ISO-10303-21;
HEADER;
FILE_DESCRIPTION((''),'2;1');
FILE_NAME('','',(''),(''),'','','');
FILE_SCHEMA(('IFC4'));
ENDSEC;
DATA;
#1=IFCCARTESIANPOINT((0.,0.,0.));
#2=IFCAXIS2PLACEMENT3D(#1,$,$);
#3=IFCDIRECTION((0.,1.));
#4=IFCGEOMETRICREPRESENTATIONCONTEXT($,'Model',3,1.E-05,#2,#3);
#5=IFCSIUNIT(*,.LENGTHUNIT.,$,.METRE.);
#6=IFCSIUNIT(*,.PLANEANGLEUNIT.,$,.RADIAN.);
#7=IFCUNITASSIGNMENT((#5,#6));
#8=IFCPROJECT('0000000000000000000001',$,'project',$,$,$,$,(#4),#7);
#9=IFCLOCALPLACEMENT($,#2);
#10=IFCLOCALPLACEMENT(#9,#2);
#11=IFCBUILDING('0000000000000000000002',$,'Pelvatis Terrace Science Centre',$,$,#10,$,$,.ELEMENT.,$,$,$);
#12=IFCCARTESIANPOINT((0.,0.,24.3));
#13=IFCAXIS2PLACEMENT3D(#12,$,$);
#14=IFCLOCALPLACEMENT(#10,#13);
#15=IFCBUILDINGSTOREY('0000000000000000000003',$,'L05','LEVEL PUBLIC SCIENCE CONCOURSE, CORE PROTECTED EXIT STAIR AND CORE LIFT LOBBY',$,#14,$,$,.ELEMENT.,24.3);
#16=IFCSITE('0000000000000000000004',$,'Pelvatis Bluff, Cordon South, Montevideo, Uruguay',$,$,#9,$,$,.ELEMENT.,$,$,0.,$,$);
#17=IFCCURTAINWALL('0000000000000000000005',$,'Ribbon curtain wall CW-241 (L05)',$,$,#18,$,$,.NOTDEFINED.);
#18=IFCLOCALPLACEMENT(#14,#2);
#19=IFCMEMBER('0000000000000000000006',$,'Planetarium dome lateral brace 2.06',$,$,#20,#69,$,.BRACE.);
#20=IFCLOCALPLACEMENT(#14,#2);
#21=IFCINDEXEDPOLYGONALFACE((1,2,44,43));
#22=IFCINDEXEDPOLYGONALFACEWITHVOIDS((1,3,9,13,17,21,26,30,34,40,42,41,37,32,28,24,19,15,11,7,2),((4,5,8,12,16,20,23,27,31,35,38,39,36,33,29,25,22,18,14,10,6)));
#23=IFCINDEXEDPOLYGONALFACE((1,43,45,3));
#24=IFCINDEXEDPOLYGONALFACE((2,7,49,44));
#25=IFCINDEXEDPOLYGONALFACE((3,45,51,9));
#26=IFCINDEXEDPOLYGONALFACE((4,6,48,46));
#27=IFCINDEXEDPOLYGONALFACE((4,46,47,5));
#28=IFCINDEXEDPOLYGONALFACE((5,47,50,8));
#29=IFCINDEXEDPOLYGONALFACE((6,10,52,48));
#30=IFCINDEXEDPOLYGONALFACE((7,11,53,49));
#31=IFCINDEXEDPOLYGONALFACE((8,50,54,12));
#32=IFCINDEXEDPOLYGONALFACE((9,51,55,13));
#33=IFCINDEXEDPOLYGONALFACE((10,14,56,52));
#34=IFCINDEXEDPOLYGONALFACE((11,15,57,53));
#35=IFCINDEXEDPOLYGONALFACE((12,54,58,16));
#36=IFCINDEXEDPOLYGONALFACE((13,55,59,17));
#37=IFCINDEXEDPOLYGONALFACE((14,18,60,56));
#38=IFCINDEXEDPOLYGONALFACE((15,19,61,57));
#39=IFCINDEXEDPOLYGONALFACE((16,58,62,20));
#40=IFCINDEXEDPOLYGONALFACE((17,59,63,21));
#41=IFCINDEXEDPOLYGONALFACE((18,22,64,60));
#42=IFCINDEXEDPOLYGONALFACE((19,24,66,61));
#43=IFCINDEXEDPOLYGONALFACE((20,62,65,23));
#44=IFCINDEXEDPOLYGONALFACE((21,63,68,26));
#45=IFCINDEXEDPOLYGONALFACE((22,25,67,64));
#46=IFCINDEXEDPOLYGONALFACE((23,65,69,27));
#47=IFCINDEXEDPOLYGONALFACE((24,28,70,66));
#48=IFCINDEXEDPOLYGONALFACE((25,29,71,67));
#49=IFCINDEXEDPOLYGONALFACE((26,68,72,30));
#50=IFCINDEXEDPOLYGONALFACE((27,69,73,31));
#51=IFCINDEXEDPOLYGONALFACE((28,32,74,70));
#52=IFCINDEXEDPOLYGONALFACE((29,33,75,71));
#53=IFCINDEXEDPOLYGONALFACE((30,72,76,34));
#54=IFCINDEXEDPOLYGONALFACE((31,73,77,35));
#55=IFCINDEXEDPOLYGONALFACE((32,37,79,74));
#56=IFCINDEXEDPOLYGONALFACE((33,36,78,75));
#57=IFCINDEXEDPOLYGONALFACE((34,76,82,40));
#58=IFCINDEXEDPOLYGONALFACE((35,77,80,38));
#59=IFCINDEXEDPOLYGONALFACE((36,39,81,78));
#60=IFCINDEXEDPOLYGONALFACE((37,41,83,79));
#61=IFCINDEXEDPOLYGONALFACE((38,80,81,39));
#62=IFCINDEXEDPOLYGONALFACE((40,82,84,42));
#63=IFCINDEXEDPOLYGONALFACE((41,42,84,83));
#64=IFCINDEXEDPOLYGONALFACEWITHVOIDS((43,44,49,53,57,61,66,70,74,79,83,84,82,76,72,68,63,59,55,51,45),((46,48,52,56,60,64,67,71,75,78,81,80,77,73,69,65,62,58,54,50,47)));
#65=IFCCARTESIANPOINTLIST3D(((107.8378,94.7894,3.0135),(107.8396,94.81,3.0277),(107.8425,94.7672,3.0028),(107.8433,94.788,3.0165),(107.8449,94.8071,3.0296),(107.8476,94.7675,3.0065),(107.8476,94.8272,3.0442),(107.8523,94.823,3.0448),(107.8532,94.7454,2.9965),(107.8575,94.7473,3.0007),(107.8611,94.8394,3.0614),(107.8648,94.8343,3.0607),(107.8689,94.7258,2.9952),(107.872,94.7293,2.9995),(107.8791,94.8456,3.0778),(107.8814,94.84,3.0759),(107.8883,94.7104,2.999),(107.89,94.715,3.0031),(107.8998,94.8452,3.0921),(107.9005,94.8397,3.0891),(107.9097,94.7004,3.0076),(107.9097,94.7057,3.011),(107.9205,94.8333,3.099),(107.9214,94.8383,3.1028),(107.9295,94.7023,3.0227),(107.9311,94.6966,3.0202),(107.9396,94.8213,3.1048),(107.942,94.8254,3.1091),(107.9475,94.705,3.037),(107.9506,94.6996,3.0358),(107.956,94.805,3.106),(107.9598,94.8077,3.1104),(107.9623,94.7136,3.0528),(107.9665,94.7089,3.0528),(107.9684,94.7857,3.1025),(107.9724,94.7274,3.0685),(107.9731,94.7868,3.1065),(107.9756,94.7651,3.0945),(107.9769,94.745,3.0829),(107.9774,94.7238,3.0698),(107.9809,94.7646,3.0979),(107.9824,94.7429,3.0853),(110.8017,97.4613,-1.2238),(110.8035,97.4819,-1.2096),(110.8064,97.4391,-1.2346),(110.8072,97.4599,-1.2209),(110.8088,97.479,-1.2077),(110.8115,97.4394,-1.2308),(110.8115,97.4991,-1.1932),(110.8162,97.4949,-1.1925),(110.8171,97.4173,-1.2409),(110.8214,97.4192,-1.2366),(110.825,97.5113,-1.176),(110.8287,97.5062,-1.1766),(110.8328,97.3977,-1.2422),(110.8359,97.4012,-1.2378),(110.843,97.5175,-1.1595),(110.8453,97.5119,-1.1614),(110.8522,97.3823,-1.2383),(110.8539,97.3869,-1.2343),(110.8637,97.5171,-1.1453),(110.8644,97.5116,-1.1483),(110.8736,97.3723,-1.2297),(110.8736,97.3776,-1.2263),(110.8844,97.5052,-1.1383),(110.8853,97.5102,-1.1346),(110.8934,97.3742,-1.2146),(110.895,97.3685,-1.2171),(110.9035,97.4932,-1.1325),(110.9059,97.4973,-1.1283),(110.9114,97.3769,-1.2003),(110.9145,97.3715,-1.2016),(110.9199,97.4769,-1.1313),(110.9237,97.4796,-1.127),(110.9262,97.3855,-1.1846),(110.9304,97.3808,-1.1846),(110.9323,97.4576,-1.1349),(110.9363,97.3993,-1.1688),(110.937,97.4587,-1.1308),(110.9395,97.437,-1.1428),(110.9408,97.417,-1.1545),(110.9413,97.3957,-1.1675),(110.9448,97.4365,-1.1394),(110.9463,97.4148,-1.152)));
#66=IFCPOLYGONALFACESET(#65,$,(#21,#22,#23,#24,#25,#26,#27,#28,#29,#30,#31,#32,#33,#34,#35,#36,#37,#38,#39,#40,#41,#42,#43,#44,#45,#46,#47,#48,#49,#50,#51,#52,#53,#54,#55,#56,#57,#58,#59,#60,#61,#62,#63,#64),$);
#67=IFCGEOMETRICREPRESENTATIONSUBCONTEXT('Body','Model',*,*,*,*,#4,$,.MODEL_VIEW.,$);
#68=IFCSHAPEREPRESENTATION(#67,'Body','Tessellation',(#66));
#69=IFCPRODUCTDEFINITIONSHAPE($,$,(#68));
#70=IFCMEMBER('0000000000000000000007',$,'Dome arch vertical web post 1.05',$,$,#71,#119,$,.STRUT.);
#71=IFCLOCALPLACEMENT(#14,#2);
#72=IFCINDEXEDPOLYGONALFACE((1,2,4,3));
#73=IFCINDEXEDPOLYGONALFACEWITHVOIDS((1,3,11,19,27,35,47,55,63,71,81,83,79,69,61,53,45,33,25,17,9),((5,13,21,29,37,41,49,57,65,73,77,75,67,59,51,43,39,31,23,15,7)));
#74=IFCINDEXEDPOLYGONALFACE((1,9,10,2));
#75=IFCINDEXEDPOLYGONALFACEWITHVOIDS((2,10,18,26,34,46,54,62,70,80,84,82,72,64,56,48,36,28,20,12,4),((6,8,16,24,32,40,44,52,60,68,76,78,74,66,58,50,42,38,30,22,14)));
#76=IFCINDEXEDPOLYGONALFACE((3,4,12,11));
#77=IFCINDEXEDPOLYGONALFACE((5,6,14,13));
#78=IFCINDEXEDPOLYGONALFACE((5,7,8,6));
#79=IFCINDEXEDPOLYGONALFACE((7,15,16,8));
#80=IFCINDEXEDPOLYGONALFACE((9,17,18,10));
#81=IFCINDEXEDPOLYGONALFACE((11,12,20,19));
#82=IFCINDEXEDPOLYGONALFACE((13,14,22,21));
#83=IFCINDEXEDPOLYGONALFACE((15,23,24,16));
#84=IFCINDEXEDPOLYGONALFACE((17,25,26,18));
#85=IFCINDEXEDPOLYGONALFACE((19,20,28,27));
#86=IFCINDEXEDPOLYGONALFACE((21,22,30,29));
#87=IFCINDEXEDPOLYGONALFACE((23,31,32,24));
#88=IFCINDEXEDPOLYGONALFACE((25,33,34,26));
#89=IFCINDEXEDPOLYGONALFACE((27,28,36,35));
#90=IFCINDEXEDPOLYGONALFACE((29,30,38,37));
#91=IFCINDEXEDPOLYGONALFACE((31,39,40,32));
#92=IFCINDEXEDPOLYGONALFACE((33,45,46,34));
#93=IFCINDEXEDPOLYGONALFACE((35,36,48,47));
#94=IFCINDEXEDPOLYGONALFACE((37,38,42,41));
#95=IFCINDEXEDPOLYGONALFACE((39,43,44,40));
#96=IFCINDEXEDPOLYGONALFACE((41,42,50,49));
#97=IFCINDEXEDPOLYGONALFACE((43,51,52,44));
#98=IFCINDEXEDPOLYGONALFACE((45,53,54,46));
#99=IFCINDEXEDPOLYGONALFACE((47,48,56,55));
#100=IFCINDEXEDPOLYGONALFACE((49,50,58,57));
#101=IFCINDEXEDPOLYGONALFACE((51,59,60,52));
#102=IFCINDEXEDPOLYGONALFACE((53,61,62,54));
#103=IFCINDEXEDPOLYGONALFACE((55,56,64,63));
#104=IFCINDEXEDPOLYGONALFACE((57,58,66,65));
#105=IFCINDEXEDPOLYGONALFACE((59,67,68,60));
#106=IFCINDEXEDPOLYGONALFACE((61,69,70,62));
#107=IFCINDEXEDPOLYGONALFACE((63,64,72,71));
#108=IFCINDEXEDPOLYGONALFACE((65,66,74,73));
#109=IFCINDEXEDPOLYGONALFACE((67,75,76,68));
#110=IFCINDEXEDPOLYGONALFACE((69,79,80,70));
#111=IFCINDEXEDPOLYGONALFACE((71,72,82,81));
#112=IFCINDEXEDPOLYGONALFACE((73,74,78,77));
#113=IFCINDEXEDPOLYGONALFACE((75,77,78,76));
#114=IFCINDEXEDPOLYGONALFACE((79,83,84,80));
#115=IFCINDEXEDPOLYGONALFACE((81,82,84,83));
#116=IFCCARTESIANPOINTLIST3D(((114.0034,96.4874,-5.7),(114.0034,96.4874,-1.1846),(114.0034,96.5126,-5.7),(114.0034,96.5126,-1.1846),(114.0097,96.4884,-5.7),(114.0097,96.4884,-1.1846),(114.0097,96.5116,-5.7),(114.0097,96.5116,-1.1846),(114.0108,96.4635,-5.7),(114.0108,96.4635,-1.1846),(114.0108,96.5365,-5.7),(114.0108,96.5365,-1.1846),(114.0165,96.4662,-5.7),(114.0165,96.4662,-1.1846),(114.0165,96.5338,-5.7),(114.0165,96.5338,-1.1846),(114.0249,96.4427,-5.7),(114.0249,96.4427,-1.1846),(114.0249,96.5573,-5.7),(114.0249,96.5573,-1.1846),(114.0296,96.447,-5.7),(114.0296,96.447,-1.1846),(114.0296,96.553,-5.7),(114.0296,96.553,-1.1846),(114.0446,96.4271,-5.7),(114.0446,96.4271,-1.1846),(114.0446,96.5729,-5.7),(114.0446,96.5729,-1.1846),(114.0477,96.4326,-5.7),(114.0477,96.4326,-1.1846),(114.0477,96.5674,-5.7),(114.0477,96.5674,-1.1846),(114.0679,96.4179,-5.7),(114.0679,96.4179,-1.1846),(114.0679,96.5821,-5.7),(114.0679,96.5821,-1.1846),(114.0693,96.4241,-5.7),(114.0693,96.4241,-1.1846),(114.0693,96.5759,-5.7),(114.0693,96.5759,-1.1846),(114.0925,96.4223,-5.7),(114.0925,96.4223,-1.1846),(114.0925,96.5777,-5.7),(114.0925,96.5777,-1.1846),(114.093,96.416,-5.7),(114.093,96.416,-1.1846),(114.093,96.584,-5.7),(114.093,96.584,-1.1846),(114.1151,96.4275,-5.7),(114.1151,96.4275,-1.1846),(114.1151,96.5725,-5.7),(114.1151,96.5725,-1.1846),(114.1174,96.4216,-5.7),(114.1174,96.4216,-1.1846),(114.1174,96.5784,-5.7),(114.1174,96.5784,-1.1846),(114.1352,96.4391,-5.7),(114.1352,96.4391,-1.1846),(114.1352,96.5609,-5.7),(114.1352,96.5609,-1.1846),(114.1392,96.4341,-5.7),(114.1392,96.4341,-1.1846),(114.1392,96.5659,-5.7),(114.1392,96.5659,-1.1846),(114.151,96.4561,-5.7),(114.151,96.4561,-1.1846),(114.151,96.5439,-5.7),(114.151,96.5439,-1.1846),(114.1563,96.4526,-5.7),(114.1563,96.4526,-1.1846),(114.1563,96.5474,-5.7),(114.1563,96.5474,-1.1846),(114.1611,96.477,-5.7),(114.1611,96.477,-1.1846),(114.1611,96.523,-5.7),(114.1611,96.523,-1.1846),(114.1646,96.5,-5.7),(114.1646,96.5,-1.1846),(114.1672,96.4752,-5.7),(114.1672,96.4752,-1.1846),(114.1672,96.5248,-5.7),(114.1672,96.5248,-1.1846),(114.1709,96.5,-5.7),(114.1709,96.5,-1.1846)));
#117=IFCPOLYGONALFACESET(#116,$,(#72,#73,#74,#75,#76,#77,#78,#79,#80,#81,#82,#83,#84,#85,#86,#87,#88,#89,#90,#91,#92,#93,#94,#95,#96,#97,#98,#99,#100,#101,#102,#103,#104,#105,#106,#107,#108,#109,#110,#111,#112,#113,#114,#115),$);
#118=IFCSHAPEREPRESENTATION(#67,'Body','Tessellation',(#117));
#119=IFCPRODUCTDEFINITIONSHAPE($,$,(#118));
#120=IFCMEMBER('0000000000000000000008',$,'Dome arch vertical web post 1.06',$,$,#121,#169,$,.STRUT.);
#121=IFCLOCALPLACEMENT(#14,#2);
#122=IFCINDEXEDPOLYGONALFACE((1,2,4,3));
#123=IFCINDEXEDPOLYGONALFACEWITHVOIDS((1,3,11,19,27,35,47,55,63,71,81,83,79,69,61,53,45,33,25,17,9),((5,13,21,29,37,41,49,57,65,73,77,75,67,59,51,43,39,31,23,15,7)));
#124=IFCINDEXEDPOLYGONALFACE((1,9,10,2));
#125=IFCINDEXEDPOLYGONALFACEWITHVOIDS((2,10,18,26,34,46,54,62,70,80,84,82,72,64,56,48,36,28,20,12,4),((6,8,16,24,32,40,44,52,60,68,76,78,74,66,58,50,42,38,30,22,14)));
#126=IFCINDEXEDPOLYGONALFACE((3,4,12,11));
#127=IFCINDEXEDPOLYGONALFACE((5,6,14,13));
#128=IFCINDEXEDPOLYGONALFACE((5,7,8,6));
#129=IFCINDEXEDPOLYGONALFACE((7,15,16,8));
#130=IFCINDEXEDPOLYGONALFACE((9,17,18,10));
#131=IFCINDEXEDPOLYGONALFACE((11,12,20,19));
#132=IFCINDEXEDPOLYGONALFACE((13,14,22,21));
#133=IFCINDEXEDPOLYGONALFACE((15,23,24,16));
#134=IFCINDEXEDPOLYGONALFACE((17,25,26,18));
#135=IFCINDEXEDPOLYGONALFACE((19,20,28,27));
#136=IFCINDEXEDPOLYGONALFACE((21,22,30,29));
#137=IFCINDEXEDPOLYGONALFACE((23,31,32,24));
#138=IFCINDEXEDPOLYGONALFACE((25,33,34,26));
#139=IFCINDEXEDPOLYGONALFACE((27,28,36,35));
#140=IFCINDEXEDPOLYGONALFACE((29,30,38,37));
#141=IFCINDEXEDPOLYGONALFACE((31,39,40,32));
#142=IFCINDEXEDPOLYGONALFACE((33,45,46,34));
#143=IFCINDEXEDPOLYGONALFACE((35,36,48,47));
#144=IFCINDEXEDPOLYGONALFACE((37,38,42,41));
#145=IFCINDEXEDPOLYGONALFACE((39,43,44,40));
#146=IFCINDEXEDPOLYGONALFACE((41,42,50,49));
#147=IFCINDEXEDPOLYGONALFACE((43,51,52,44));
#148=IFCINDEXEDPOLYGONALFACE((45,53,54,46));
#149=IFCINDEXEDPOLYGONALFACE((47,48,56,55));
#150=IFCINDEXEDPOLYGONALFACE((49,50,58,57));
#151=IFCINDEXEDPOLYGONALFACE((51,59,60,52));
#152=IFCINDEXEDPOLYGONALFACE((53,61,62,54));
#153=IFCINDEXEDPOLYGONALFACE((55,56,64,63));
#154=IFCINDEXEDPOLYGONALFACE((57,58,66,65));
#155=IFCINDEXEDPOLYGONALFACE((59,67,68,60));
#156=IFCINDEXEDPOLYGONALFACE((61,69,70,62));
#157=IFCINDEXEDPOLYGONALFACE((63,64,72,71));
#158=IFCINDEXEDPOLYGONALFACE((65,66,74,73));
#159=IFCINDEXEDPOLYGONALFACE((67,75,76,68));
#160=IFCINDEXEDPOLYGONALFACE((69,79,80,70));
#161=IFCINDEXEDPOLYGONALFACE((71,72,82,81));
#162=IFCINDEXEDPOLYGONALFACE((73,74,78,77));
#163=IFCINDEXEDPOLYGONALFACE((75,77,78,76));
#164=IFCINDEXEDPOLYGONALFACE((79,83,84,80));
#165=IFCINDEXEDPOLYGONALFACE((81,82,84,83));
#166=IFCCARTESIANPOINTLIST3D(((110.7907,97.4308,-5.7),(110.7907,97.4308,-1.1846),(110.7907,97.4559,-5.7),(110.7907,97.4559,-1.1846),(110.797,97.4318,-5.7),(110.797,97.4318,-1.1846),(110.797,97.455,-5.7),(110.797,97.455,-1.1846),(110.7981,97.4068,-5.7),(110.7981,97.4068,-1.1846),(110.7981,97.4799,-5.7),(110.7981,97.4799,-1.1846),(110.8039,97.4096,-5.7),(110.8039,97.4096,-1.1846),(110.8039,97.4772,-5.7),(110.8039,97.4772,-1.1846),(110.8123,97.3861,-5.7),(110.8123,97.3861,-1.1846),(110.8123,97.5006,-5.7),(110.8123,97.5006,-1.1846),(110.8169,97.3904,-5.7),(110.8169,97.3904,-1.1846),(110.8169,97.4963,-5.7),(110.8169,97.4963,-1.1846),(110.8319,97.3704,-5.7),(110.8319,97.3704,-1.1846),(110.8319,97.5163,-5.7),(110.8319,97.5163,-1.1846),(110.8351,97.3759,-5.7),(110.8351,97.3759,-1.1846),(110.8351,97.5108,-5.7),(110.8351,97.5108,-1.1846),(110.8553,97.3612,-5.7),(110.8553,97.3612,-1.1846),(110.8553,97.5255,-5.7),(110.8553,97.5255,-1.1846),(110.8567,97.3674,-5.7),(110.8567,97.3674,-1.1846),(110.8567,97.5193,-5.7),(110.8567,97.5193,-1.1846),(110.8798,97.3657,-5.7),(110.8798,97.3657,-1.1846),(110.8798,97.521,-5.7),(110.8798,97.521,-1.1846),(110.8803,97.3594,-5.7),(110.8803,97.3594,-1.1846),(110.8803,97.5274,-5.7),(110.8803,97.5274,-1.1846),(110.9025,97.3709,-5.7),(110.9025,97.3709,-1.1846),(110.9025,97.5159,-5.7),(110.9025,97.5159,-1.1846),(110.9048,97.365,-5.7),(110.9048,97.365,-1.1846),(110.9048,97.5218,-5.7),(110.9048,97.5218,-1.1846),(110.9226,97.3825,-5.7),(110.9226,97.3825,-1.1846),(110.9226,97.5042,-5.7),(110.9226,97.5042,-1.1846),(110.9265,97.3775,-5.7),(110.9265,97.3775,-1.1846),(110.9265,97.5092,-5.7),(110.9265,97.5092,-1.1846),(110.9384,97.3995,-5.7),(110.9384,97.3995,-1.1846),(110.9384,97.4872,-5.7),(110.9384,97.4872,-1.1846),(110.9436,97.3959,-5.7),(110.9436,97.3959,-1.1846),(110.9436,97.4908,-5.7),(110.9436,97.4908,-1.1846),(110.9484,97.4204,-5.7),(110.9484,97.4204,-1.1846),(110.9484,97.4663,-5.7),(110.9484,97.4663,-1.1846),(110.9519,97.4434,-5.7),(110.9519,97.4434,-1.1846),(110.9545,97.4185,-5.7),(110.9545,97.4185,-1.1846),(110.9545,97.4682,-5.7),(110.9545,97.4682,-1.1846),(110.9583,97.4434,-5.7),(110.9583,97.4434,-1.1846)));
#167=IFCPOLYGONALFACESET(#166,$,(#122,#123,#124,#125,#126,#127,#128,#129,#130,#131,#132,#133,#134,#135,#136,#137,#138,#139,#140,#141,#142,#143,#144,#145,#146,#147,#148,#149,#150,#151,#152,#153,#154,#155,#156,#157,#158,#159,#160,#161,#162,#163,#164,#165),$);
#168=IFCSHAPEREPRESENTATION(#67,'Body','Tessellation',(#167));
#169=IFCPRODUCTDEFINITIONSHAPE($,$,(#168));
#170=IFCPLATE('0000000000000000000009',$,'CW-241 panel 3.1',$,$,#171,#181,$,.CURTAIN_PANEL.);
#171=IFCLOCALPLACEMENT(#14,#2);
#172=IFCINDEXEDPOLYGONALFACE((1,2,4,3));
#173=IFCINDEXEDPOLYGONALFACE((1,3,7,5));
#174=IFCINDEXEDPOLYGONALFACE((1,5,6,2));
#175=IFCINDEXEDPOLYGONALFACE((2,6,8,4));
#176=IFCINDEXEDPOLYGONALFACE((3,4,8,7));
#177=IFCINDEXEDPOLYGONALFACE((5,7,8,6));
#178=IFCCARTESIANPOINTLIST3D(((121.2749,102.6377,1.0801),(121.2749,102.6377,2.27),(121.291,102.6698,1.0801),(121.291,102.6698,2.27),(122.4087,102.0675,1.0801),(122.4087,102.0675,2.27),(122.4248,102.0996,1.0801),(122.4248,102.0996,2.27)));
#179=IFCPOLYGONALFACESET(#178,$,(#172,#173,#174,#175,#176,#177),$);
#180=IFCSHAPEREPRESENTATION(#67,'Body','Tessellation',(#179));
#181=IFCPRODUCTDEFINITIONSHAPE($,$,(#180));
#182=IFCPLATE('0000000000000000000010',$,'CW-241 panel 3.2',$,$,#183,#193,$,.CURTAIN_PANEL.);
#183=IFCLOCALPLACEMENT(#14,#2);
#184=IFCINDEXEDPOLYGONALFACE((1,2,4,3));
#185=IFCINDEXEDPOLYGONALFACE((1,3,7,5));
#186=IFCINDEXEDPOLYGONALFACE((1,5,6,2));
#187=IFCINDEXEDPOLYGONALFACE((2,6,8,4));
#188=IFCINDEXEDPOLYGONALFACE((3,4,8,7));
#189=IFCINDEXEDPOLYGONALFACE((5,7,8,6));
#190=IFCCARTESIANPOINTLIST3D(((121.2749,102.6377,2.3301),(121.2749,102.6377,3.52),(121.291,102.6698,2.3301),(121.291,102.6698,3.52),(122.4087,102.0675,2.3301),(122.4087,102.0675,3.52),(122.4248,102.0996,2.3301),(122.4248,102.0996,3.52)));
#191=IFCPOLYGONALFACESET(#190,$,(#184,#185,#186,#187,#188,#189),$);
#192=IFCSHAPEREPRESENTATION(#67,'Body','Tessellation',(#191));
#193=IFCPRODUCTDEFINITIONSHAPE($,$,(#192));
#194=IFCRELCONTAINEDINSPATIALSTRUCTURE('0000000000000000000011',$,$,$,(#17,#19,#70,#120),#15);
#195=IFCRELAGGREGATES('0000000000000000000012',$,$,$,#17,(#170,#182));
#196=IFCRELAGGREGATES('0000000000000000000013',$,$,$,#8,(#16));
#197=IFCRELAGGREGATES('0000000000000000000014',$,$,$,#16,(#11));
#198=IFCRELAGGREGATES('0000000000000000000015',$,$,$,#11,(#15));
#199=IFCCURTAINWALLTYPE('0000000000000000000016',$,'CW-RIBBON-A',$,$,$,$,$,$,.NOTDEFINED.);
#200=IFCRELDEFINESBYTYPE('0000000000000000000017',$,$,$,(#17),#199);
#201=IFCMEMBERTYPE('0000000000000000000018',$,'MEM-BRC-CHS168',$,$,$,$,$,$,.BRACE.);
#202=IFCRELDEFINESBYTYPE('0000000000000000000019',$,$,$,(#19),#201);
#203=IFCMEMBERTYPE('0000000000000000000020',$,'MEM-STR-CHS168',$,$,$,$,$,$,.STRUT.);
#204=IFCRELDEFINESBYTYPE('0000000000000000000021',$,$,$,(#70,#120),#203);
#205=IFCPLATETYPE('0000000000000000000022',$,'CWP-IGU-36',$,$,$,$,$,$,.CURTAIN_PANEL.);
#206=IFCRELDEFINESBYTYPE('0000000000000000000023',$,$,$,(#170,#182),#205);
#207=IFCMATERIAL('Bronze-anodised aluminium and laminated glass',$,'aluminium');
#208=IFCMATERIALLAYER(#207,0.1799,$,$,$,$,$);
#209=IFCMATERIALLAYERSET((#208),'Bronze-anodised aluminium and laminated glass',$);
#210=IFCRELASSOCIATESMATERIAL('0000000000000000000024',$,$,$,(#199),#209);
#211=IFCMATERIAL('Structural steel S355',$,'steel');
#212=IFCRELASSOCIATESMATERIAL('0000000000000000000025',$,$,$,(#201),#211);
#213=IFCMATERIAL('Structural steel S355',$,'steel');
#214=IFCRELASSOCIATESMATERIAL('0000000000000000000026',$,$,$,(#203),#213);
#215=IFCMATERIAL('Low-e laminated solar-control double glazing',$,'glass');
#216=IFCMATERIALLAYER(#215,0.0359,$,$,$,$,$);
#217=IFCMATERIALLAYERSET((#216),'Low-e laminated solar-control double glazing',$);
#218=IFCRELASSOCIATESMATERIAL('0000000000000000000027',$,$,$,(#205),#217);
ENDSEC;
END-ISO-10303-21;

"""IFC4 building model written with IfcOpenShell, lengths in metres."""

from ifc_helpers import new_model, si_unit, direction, frame, origin, origin_2d, place, context, subcontext, project, spatial, rectangle, hollow_circle, extrude, material, layer, layer_set, material_profile, profile_set, type_object, element, aggregate, save


model = new_model("IFC4")

# Units and contexts
model_context = context("Model", 3, precision=1e-05, world=origin(), true_north=direction((0.0, 1.0)))
body_context = subcontext(model_context, "Body", "Model", "MODEL_VIEW")
ifc_project = project(units=[si_unit("LENGTHUNIT", "METRE"), si_unit("PLANEANGLEUNIT", "RADIAN")], contexts=[model_context])

# Site, building, storey
site_placement = place(None, origin())
site = spatial("IfcSite", under=ifc_project, at=site_placement, Name="Pelvatis Bluff, Cordon South, Montevideo, Uruguay", CompositionType="ELEMENT", RefElevation=0.0)
building_placement = place(site_placement, origin())
building = spatial("IfcBuilding", under=site, at=building_placement, Name="Pelvatis Terrace Science Centre", CompositionType="ELEMENT")
storey_placement = place(building_placement, frame((0.0, 0.0, 24.3)))
storey = spatial("IfcBuildingStorey", under=building, at=storey_placement, Name="L05", Description="LEVEL PUBLIC SCIENCE CONCOURSE, CORE PROTECTED EXIT STAIR AND CORE LIFT LOBBY", CompositionType="ELEMENT", Elevation=24.3)

# Curtain wall
ifc_material_1 = material(Name="Bronze-anodised aluminium and laminated glass", Category="aluminium")
ifc_layer_1 = layer(ifc_material_1, 0.1799)
ifc_layer_set_1 = layer_set([ifc_layer_1], Name="Bronze-anodised aluminium and laminated glass")
curtain_wall_type = type_object("IfcCurtainWallType", Name="CW-RIBBON-A", PredefinedType="NOTDEFINED", material=ifc_layer_set_1)
curtain_wall_1_placement = place(storey_placement, origin())
curtain_wall_1 = element("IfcCurtainWall", 1, at=curtain_wall_1_placement, inside=storey, type_object=curtain_wall_type, Name="Ribbon curtain wall CW-241 (L05)", PredefinedType="NOTDEFINED")

# Members
ifc_material_2 = material(Name="Structural steel S355", Category="steel")
ifc_material_profile_1 = material_profile(ifc_material_2, hollow_circle(Radius=0.0842, WallThickness=0.0063, at=origin_2d()), Name="CHS 168.3x6.3")
ifc_profile_set_1 = profile_set([ifc_material_profile_1], Name="Structural steel S355")
member_type_1 = type_object("IfcMemberType", Name="MEM-BRC-CHS168", PredefinedType="BRACE", material=ifc_profile_set_1)
member_1_placement = place(storey_placement, frame((110.874, 97.4434, -1.1846), z_axis=(-0.509212, -0.459046, 0.727997), x_axis=(0.669573, -0.742746, 0.0)))
element("IfcMember", 2, at=member_1_placement, inside=storey, type_object=member_type_1, Name="Planetarium dome lateral brace 2.06", PredefinedType="BRACE", context=body_context, shape_type="SweptSolid", body=[
    extrude(hollow_circle(Radius=0.0842, WallThickness=0.0063, at=origin_2d()), origin(), (0.0, 0.0, 1.0), 5.8206),
])
ifc_material_3 = material(Name="Structural steel S355", Category="steel")
ifc_material_profile_2 = material_profile(ifc_material_3, hollow_circle(Radius=0.0842, WallThickness=0.0063, at=origin_2d()), Name="CHS 168.3x6.3")
ifc_profile_set_2 = profile_set([ifc_material_profile_2], Name="Structural steel S355")
member_type_2 = type_object("IfcMemberType", Name="MEM-STR-CHS168", PredefinedType="STRUT", material=ifc_profile_set_2)
for number, where, z_axis, x_axis, name in (
    (3, (114.0867, 96.5, -5.7), (0.0, 0.0, 1.0), (1.0, 0.0, 0.0), "Dome arch vertical web post 1.05"),
    (4, (110.874, 97.4434, -5.7), (0.0, 0.0, 1.0), (1.0, 0.0, 0.0), "Dome arch vertical web post 1.06"),
):
    element("IfcMember", number, at=place(storey_placement, frame(where, z_axis=z_axis, x_axis=x_axis)), inside=storey, type_object=member_type_2, Name=name, PredefinedType="STRUT", context=body_context, shape_type="SweptSolid", body=[
        extrude(hollow_circle(Radius=0.0842, WallThickness=0.0063, at=origin_2d()), origin(), (0.0, 0.0, 1.0), 4.5154),
    ])

# Plates
ifc_material_4 = material(Name="Low-e laminated solar-control double glazing", Category="glass")
ifc_layer_2 = layer(ifc_material_4, 0.0359)
ifc_layer_set_2 = layer_set([ifc_layer_2], Name="Low-e laminated solar-control double glazing")
plate_type_1 = type_object("IfcPlateType", Name="CWP-IGU-36", PredefinedType="CURTAIN_PANEL", material=ifc_layer_set_2)
plate_1_placement = place(storey_placement, frame((121.8499, 102.3687, 1.0801), z_axis=(0.0, 0.0, 1.0), x_axis=(-0.893379, 0.449304, 0.0)))
plate_1 = element("IfcPlate", 5, at=plate_1_placement, type_object=plate_type_1, Name="CW-241 panel 3.1", PredefinedType="CURTAIN_PANEL", context=body_context, shape_type="SweptSolid", body=[
    extrude(rectangle(XDim=1.269, YDim=0.0359, at=origin_2d()), origin(), (0.0, 0.0, 1.0), 1.1899),
])
plate_2_placement = place(storey_placement, frame((121.8499, 102.3687, 2.3301), z_axis=(0.0, 0.0, 1.0), x_axis=(-0.893379, 0.449304, 0.0)))
plate_2 = element("IfcPlate", 6, at=plate_2_placement, type_object=plate_type_1, Name="CW-241 panel 3.2", PredefinedType="CURTAIN_PANEL", context=body_context, shape_type="SweptSolid", body=[
    extrude(rectangle(XDim=1.269, YDim=0.0359, at=origin_2d()), origin(), (0.0, 0.0, 1.0), 1.1899),
])
aggregate(curtain_wall_1, [plate_1, plate_2])

save(model, "model.ifc")
